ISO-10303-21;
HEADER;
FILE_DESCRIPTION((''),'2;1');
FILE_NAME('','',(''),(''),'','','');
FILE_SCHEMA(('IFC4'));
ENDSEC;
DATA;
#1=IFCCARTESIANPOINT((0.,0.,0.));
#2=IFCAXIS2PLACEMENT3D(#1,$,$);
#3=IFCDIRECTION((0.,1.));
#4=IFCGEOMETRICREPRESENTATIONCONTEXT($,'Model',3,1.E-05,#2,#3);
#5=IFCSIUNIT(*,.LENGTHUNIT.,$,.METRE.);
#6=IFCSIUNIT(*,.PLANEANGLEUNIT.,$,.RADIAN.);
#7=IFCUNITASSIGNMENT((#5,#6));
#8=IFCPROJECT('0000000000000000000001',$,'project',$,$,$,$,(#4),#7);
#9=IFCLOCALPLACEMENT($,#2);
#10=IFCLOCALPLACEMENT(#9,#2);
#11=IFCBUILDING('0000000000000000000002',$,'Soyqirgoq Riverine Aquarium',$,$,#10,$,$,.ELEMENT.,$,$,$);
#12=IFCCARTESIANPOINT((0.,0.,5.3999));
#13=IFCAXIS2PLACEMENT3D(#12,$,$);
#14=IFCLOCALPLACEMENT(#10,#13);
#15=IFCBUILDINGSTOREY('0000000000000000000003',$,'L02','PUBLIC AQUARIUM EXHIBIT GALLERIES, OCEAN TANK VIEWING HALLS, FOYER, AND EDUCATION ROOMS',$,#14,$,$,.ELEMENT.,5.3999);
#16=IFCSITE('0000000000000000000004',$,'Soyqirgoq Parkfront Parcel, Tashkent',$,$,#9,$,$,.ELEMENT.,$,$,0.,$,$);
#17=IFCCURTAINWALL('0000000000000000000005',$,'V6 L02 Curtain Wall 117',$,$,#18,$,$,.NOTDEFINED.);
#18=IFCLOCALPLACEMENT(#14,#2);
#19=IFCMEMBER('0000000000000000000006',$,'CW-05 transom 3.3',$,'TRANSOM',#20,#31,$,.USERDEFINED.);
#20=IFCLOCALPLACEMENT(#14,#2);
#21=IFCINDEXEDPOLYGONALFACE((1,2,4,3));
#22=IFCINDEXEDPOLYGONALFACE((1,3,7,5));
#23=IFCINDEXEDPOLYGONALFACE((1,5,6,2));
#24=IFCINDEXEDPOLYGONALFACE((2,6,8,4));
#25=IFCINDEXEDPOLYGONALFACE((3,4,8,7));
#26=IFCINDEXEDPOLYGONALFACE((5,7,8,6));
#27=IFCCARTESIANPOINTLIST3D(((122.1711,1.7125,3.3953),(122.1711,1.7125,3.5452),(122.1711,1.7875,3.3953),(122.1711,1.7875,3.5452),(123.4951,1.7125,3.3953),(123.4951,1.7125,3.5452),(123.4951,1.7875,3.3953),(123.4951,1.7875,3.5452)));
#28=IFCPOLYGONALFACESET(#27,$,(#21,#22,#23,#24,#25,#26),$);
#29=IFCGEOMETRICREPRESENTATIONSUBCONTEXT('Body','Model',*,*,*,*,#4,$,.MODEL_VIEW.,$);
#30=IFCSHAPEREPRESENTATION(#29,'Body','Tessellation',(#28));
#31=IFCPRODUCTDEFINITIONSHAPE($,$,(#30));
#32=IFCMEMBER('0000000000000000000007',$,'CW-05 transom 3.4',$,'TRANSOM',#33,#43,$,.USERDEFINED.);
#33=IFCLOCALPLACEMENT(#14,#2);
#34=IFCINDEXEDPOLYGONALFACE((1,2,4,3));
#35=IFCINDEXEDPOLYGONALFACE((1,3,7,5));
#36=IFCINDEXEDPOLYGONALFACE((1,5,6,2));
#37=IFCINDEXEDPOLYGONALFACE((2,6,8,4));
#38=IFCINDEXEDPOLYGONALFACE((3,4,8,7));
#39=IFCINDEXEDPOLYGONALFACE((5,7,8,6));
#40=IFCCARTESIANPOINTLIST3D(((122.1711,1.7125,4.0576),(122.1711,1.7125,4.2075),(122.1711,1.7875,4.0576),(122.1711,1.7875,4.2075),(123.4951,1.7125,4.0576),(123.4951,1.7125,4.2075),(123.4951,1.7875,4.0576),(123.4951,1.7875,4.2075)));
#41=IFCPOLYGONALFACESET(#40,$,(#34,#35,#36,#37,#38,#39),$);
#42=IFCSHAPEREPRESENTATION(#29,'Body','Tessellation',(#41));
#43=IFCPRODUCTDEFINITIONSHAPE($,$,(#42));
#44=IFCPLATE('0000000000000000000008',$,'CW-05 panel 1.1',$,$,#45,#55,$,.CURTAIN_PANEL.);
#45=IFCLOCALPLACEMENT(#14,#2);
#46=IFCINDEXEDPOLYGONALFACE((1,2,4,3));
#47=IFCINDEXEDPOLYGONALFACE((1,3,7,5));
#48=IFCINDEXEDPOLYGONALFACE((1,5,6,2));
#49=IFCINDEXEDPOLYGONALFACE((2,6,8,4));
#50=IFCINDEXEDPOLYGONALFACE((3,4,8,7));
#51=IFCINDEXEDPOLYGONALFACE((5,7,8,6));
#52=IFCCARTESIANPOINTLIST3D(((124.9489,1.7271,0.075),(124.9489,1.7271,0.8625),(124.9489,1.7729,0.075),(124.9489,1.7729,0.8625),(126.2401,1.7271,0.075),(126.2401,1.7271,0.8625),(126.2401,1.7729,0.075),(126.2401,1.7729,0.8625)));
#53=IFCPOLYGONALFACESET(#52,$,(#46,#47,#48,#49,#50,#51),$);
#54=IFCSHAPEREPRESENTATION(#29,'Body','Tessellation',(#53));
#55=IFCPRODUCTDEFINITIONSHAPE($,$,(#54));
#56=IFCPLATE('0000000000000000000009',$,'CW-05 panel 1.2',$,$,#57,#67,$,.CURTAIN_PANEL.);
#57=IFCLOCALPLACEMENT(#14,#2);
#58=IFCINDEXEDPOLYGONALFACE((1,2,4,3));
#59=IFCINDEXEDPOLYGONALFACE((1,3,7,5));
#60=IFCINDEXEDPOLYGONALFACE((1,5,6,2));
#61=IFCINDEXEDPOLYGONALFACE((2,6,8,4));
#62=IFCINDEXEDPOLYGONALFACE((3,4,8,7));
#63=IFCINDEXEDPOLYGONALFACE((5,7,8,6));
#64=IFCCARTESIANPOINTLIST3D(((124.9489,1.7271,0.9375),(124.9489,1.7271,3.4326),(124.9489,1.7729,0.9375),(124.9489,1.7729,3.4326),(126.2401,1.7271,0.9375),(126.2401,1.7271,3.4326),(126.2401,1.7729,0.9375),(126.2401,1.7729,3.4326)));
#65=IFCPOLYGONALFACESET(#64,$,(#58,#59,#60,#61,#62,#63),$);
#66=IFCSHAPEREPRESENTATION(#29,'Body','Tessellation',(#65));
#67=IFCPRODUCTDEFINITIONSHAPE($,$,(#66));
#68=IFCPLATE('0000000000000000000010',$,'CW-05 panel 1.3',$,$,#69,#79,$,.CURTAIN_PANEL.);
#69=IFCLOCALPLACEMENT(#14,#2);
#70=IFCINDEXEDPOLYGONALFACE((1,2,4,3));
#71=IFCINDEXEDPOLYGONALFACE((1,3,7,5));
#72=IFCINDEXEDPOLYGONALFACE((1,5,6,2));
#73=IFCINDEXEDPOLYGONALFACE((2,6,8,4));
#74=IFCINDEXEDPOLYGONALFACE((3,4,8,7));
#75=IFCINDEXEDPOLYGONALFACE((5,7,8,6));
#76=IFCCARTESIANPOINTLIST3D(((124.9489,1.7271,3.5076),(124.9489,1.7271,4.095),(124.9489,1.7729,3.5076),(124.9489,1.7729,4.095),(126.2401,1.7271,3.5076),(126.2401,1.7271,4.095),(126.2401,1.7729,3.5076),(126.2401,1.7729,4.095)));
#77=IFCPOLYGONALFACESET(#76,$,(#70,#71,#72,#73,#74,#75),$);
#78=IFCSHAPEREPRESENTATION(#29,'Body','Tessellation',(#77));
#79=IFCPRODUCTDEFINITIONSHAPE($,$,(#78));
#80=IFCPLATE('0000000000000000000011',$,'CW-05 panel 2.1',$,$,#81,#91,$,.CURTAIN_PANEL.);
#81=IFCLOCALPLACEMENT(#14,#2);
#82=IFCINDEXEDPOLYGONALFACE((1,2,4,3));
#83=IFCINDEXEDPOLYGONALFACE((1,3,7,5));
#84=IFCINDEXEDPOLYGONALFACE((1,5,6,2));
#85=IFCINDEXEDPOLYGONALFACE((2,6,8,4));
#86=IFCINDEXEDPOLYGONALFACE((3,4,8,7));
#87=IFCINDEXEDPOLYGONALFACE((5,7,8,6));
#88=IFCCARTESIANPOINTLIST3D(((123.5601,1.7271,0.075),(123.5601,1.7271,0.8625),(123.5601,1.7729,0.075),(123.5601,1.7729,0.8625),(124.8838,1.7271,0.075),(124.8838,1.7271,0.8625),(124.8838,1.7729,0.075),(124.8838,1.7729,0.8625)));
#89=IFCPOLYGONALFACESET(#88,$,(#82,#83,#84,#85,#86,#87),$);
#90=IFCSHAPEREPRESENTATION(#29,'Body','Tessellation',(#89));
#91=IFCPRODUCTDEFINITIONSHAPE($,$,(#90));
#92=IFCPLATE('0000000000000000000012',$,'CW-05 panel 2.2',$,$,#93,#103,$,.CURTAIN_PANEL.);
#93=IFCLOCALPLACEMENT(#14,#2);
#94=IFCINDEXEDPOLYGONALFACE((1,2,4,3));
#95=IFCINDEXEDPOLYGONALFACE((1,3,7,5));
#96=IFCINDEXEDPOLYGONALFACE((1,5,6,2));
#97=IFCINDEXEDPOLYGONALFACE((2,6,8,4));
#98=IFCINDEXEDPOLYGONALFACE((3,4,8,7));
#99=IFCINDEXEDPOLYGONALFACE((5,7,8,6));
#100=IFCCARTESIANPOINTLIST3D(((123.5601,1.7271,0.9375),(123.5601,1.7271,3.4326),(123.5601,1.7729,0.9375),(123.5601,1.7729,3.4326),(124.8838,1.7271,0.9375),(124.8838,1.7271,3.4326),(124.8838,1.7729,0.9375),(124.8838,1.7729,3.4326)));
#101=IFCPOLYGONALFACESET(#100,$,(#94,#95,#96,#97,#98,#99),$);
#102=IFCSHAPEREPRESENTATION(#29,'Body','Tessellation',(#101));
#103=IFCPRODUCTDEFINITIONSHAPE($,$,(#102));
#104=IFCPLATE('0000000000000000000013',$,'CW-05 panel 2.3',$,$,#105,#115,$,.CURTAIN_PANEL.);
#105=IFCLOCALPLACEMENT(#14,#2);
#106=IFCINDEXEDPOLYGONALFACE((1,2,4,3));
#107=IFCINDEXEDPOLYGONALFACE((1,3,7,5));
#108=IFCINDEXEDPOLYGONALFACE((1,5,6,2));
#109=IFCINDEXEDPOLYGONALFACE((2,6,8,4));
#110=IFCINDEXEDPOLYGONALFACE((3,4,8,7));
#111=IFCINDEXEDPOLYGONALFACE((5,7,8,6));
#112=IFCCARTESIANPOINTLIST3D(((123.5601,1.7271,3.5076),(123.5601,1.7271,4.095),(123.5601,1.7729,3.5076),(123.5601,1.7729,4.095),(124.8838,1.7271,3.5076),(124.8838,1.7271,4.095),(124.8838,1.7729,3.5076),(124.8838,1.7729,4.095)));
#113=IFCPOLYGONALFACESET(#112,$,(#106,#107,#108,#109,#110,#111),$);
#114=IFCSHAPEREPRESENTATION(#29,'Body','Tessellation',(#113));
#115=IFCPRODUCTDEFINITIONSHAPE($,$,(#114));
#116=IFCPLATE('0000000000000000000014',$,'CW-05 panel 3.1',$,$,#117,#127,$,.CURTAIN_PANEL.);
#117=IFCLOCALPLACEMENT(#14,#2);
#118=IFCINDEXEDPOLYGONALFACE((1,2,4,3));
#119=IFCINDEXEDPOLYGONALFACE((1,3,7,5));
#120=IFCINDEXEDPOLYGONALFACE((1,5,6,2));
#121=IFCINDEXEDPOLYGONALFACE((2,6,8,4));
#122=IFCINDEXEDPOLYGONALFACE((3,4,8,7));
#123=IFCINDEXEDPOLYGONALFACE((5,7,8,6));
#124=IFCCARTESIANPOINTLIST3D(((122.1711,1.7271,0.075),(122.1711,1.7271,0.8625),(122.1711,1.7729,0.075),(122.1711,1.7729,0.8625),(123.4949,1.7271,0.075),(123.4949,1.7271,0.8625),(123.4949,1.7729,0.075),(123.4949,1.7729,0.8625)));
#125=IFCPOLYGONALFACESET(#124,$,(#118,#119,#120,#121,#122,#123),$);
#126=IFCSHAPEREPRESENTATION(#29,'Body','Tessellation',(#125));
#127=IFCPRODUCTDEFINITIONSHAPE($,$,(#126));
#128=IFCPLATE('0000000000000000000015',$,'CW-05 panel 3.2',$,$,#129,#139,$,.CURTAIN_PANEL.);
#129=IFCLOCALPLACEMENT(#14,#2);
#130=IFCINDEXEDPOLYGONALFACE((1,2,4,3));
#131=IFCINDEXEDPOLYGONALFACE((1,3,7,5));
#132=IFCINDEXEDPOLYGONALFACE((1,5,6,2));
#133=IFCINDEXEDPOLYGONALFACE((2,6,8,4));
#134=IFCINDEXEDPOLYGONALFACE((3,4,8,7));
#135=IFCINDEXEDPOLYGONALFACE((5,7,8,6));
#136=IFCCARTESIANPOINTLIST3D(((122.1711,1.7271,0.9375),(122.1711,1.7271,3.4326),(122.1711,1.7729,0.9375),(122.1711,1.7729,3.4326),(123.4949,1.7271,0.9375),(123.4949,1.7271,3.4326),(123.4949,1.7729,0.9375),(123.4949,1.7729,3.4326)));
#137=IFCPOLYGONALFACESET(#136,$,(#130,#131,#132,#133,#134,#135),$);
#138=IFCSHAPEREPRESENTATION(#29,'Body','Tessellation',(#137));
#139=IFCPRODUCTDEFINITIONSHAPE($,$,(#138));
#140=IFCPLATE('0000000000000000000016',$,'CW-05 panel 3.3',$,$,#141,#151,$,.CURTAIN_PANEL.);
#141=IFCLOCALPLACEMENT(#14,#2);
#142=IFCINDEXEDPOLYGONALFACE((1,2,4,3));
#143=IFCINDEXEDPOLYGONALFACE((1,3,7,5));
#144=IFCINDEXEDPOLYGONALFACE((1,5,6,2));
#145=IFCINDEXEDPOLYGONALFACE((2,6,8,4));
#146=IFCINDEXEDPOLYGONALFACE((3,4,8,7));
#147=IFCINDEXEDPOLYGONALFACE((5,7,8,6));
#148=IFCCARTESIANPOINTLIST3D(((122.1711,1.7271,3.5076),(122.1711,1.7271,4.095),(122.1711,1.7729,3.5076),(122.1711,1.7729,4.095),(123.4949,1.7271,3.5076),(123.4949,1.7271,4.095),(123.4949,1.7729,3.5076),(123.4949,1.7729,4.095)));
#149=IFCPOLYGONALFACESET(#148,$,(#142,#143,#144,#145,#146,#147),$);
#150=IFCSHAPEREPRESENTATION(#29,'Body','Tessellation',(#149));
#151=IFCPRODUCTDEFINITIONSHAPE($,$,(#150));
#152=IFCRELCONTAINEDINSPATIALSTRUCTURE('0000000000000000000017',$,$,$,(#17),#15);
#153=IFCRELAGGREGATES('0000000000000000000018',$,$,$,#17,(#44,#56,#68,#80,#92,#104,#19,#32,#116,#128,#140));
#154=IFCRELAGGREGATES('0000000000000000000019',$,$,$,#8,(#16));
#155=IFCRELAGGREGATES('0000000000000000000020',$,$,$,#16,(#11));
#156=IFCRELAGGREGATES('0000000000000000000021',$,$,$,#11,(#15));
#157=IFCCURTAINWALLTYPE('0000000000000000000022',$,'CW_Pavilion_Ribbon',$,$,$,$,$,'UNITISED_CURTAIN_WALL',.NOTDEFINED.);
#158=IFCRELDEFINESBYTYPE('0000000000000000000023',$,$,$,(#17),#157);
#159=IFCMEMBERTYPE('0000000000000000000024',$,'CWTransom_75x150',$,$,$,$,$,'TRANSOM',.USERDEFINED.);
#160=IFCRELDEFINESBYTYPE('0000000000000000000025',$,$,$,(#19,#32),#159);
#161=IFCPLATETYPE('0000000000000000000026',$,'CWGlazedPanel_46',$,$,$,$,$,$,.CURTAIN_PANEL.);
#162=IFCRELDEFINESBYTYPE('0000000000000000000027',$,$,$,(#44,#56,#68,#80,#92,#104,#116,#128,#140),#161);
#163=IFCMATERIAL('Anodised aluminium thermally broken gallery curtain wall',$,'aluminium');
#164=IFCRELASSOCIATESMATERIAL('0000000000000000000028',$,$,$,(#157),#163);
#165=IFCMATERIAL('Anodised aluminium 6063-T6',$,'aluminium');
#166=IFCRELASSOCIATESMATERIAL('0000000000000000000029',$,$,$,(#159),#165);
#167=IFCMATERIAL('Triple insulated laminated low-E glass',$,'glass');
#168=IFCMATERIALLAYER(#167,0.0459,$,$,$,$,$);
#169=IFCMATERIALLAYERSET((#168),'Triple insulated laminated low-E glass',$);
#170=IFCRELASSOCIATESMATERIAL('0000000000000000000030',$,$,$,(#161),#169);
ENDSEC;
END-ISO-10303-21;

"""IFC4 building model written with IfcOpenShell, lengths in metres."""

from ifc_helpers import new_model, si_unit, direction, frame, origin, origin_2d, place, context, subcontext, project, spatial, rectangle, extrude, material, layer, layer_set, material_profile, profile_set, type_object, element, aggregate, save


model = new_model("IFC4")

# Units and contexts
model_context = context("Model", 3, precision=1e-05, world=origin(), true_north=direction((0.0, 1.0)))
body_context = subcontext(model_context, "Body", "Model", "MODEL_VIEW")
ifc_project = project(units=[si_unit("LENGTHUNIT", "METRE"), si_unit("PLANEANGLEUNIT", "RADIAN")], contexts=[model_context])

# Site, building, storey
site_placement = place(None, origin())
site = spatial("IfcSite", under=ifc_project, at=site_placement, Name="Soyqirgoq Parkfront Parcel, Tashkent", CompositionType="ELEMENT", RefElevation=0.0)
building_placement = place(site_placement, origin())
building = spatial("IfcBuilding", under=site, at=building_placement, Name="Soyqirgoq Riverine Aquarium", CompositionType="ELEMENT")
storey_placement = place(building_placement, frame((0.0, 0.0, 5.3999)))
storey = spatial("IfcBuildingStorey", under=building, at=storey_placement, Name="L02", Description="PUBLIC AQUARIUM EXHIBIT GALLERIES, OCEAN TANK VIEWING HALLS, FOYER, AND EDUCATION ROOMS", CompositionType="ELEMENT", Elevation=5.3999)

# Curtain wall, members, plates
ifc_material_1 = material(Name="Anodised aluminium thermally broken gallery curtain wall", Category="aluminium")
curtain_wall_type = type_object("IfcCurtainWallType", Name="CW_Pavilion_Ribbon", ElementType="UNITISED_CURTAIN_WALL", PredefinedType="NOTDEFINED", material=ifc_material_1)
curtain_wall_placement = place(storey_placement, origin())
curtain_wall = element("IfcCurtainWall", 1, at=curtain_wall_placement, inside=storey, type_object=curtain_wall_type, Name="V6 L02 Curtain Wall 117", PredefinedType="NOTDEFINED")
ifc_material_2 = material(Name="Anodised aluminium 6063-T6", Category="aluminium")
ifc_material_profile_1 = material_profile(ifc_material_2, rectangle(XDim=0.075, YDim=0.1499, at=origin_2d()), Name="ALU-T 75x150")
ifc_profile_set_1 = profile_set([ifc_material_profile_1], Name="Anodised aluminium 6063-T6")
member_type_1 = type_object("IfcMemberType", Name="CWTransom_75x150", ElementType="TRANSOM", PredefinedType="USERDEFINED", material=ifc_profile_set_1)
member_1_placement = place(storey_placement, frame((123.4951, 1.75, 3.4702), z_axis=(-1.0, 0.0, 0.0), x_axis=(0.0, -1.0, 0.0)))
member_1 = element("IfcMember", 2, at=member_1_placement, type_object=member_type_1, Name="CW-05 transom 3.3", ObjectType="TRANSOM", PredefinedType="USERDEFINED", context=body_context, shape_type="SweptSolid", body=[
    extrude(rectangle(XDim=0.075, YDim=0.1499, at=origin_2d()), origin(), (0.0, 0.0, 1.0), 1.324),
])
member_2_placement = place(storey_placement, frame((123.4951, 1.75, 4.1326), z_axis=(-1.0, 0.0, 0.0), x_axis=(0.0, -1.0, 0.0)))
member_2 = element("IfcMember", 3, at=member_2_placement, type_object=member_type_1, Name="CW-05 transom 3.4", ObjectType="TRANSOM", PredefinedType="USERDEFINED", context=body_context, shape_type="SweptSolid", body=[
    extrude(rectangle(XDim=0.075, YDim=0.1499, at=origin_2d()), origin(), (0.0, 0.0, 1.0), 1.324),
])
ifc_material_3 = material(Name="Triple insulated laminated low-E glass", Category="glass")
ifc_layer = layer(ifc_material_3, 0.0459)
ifc_layer_set = layer_set([ifc_layer], Name="Triple insulated laminated low-E glass")
plate_type = type_object("IfcPlateType", Name="CWGlazedPanel_46", PredefinedType="CURTAIN_PANEL", material=ifc_layer_set)
plate_1_placement = place(storey_placement, frame((125.5945, 1.75, 0.075), z_axis=(0.0, 0.0, 1.0), x_axis=(-1.0, 0.0, 0.0)))
plate_1 = element("IfcPlate", 4, at=plate_1_placement, type_object=plate_type, Name="CW-05 panel 1.1", PredefinedType="CURTAIN_PANEL", context=body_context, shape_type="SweptSolid", body=[
    extrude(rectangle(XDim=1.2913, YDim=0.0459, at=origin_2d()), origin(), (0.0, 0.0, 1.0), 0.7876),
])
plate_2_placement = place(storey_placement, frame((125.5945, 1.75, 0.9375), z_axis=(0.0, 0.0, 1.0), x_axis=(-1.0, 0.0, 0.0)))
plate_2 = element("IfcPlate", 5, at=plate_2_placement, type_object=plate_type, Name="CW-05 panel 1.2", PredefinedType="CURTAIN_PANEL", context=body_context, shape_type="SweptSolid", body=[
    extrude(rectangle(XDim=1.2913, YDim=0.0459, at=origin_2d()), origin(), (0.0, 0.0, 1.0), 2.4951),
])
plate_3_placement = place(storey_placement, frame((125.5945, 1.75, 3.5076), z_axis=(0.0, 0.0, 1.0), x_axis=(-1.0, 0.0, 0.0)))
plate_3 = element("IfcPlate", 6, at=plate_3_placement, type_object=plate_type, Name="CW-05 panel 1.3", PredefinedType="CURTAIN_PANEL", context=body_context, shape_type="SweptSolid", body=[
    extrude(rectangle(XDim=1.2913, YDim=0.0459, at=origin_2d()), origin(), (0.0, 0.0, 1.0), 0.5874),
])
plate_4_placement = place(storey_placement, frame((124.2219, 1.75, 0.075), z_axis=(0.0, 0.0, 1.0), x_axis=(-1.0, 0.0, 0.0)))
plate_4 = element("IfcPlate", 7, at=plate_4_placement, type_object=plate_type, Name="CW-05 panel 2.1", PredefinedType="CURTAIN_PANEL", context=body_context, shape_type="SweptSolid", body=[
    extrude(rectangle(XDim=1.3237, YDim=0.0459, at=origin_2d()), origin(), (0.0, 0.0, 1.0), 0.7876),
])
plate_5_placement = place(storey_placement, frame((124.2219, 1.75, 0.9375), z_axis=(0.0, 0.0, 1.0), x_axis=(-1.0, 0.0, 0.0)))
plate_5 = element("IfcPlate", 8, at=plate_5_placement, type_object=plate_type, Name="CW-05 panel 2.2", PredefinedType="CURTAIN_PANEL", context=body_context, shape_type="SweptSolid", body=[
    extrude(rectangle(XDim=1.3237, YDim=0.0459, at=origin_2d()), origin(), (0.0, 0.0, 1.0), 2.4951),
])
plate_6_placement = place(storey_placement, frame((124.2219, 1.75, 3.5076), z_axis=(0.0, 0.0, 1.0), x_axis=(-1.0, 0.0, 0.0)))
plate_6 = element("IfcPlate", 9, at=plate_6_placement, type_object=plate_type, Name="CW-05 panel 2.3", PredefinedType="CURTAIN_PANEL", context=body_context, shape_type="SweptSolid", body=[
    extrude(rectangle(XDim=1.3237, YDim=0.0459, at=origin_2d()), origin(), (0.0, 0.0, 1.0), 0.5874),
])
plate_7_placement = place(storey_placement, frame((122.833, 1.75, 0.075), z_axis=(0.0, 0.0, 1.0), x_axis=(-1.0, 0.0, 0.0)))
plate_7 = element("IfcPlate", 10, at=plate_7_placement, type_object=plate_type, Name="CW-05 panel 3.1", PredefinedType="CURTAIN_PANEL", context=body_context, shape_type="SweptSolid", body=[
    extrude(rectangle(XDim=1.3237, YDim=0.0459, at=origin_2d()), origin(), (0.0, 0.0, 1.0), 0.7876),
])
plate_8_placement = place(storey_placement, frame((122.833, 1.75, 0.9375), z_axis=(0.0, 0.0, 1.0), x_axis=(-1.0, 0.0, 0.0)))
plate_8 = element("IfcPlate", 11, at=plate_8_placement, type_object=plate_type, Name="CW-05 panel 3.2", PredefinedType="CURTAIN_PANEL", context=body_context, shape_type="SweptSolid", body=[
    extrude(rectangle(XDim=1.3237, YDim=0.0459, at=origin_2d()), origin(), (0.0, 0.0, 1.0), 2.4951),
])
plate_9_placement = place(storey_placement, frame((122.833, 1.75, 3.5076), z_axis=(0.0, 0.0, 1.0), x_axis=(-1.0, 0.0, 0.0)))
plate_9 = element("IfcPlate", 12, at=plate_9_placement, type_object=plate_type, Name="CW-05 panel 3.3", PredefinedType="CURTAIN_PANEL", context=body_context, shape_type="SweptSolid", body=[
    extrude(rectangle(XDim=1.3237, YDim=0.0459, at=origin_2d()), origin(), (0.0, 0.0, 1.0), 0.5874),
])
aggregate(curtain_wall, [plate_1, plate_2, plate_3, plate_4, plate_5, plate_6, member_1, member_2, plate_7, plate_8, plate_9])

save(model, "model.ifc")
